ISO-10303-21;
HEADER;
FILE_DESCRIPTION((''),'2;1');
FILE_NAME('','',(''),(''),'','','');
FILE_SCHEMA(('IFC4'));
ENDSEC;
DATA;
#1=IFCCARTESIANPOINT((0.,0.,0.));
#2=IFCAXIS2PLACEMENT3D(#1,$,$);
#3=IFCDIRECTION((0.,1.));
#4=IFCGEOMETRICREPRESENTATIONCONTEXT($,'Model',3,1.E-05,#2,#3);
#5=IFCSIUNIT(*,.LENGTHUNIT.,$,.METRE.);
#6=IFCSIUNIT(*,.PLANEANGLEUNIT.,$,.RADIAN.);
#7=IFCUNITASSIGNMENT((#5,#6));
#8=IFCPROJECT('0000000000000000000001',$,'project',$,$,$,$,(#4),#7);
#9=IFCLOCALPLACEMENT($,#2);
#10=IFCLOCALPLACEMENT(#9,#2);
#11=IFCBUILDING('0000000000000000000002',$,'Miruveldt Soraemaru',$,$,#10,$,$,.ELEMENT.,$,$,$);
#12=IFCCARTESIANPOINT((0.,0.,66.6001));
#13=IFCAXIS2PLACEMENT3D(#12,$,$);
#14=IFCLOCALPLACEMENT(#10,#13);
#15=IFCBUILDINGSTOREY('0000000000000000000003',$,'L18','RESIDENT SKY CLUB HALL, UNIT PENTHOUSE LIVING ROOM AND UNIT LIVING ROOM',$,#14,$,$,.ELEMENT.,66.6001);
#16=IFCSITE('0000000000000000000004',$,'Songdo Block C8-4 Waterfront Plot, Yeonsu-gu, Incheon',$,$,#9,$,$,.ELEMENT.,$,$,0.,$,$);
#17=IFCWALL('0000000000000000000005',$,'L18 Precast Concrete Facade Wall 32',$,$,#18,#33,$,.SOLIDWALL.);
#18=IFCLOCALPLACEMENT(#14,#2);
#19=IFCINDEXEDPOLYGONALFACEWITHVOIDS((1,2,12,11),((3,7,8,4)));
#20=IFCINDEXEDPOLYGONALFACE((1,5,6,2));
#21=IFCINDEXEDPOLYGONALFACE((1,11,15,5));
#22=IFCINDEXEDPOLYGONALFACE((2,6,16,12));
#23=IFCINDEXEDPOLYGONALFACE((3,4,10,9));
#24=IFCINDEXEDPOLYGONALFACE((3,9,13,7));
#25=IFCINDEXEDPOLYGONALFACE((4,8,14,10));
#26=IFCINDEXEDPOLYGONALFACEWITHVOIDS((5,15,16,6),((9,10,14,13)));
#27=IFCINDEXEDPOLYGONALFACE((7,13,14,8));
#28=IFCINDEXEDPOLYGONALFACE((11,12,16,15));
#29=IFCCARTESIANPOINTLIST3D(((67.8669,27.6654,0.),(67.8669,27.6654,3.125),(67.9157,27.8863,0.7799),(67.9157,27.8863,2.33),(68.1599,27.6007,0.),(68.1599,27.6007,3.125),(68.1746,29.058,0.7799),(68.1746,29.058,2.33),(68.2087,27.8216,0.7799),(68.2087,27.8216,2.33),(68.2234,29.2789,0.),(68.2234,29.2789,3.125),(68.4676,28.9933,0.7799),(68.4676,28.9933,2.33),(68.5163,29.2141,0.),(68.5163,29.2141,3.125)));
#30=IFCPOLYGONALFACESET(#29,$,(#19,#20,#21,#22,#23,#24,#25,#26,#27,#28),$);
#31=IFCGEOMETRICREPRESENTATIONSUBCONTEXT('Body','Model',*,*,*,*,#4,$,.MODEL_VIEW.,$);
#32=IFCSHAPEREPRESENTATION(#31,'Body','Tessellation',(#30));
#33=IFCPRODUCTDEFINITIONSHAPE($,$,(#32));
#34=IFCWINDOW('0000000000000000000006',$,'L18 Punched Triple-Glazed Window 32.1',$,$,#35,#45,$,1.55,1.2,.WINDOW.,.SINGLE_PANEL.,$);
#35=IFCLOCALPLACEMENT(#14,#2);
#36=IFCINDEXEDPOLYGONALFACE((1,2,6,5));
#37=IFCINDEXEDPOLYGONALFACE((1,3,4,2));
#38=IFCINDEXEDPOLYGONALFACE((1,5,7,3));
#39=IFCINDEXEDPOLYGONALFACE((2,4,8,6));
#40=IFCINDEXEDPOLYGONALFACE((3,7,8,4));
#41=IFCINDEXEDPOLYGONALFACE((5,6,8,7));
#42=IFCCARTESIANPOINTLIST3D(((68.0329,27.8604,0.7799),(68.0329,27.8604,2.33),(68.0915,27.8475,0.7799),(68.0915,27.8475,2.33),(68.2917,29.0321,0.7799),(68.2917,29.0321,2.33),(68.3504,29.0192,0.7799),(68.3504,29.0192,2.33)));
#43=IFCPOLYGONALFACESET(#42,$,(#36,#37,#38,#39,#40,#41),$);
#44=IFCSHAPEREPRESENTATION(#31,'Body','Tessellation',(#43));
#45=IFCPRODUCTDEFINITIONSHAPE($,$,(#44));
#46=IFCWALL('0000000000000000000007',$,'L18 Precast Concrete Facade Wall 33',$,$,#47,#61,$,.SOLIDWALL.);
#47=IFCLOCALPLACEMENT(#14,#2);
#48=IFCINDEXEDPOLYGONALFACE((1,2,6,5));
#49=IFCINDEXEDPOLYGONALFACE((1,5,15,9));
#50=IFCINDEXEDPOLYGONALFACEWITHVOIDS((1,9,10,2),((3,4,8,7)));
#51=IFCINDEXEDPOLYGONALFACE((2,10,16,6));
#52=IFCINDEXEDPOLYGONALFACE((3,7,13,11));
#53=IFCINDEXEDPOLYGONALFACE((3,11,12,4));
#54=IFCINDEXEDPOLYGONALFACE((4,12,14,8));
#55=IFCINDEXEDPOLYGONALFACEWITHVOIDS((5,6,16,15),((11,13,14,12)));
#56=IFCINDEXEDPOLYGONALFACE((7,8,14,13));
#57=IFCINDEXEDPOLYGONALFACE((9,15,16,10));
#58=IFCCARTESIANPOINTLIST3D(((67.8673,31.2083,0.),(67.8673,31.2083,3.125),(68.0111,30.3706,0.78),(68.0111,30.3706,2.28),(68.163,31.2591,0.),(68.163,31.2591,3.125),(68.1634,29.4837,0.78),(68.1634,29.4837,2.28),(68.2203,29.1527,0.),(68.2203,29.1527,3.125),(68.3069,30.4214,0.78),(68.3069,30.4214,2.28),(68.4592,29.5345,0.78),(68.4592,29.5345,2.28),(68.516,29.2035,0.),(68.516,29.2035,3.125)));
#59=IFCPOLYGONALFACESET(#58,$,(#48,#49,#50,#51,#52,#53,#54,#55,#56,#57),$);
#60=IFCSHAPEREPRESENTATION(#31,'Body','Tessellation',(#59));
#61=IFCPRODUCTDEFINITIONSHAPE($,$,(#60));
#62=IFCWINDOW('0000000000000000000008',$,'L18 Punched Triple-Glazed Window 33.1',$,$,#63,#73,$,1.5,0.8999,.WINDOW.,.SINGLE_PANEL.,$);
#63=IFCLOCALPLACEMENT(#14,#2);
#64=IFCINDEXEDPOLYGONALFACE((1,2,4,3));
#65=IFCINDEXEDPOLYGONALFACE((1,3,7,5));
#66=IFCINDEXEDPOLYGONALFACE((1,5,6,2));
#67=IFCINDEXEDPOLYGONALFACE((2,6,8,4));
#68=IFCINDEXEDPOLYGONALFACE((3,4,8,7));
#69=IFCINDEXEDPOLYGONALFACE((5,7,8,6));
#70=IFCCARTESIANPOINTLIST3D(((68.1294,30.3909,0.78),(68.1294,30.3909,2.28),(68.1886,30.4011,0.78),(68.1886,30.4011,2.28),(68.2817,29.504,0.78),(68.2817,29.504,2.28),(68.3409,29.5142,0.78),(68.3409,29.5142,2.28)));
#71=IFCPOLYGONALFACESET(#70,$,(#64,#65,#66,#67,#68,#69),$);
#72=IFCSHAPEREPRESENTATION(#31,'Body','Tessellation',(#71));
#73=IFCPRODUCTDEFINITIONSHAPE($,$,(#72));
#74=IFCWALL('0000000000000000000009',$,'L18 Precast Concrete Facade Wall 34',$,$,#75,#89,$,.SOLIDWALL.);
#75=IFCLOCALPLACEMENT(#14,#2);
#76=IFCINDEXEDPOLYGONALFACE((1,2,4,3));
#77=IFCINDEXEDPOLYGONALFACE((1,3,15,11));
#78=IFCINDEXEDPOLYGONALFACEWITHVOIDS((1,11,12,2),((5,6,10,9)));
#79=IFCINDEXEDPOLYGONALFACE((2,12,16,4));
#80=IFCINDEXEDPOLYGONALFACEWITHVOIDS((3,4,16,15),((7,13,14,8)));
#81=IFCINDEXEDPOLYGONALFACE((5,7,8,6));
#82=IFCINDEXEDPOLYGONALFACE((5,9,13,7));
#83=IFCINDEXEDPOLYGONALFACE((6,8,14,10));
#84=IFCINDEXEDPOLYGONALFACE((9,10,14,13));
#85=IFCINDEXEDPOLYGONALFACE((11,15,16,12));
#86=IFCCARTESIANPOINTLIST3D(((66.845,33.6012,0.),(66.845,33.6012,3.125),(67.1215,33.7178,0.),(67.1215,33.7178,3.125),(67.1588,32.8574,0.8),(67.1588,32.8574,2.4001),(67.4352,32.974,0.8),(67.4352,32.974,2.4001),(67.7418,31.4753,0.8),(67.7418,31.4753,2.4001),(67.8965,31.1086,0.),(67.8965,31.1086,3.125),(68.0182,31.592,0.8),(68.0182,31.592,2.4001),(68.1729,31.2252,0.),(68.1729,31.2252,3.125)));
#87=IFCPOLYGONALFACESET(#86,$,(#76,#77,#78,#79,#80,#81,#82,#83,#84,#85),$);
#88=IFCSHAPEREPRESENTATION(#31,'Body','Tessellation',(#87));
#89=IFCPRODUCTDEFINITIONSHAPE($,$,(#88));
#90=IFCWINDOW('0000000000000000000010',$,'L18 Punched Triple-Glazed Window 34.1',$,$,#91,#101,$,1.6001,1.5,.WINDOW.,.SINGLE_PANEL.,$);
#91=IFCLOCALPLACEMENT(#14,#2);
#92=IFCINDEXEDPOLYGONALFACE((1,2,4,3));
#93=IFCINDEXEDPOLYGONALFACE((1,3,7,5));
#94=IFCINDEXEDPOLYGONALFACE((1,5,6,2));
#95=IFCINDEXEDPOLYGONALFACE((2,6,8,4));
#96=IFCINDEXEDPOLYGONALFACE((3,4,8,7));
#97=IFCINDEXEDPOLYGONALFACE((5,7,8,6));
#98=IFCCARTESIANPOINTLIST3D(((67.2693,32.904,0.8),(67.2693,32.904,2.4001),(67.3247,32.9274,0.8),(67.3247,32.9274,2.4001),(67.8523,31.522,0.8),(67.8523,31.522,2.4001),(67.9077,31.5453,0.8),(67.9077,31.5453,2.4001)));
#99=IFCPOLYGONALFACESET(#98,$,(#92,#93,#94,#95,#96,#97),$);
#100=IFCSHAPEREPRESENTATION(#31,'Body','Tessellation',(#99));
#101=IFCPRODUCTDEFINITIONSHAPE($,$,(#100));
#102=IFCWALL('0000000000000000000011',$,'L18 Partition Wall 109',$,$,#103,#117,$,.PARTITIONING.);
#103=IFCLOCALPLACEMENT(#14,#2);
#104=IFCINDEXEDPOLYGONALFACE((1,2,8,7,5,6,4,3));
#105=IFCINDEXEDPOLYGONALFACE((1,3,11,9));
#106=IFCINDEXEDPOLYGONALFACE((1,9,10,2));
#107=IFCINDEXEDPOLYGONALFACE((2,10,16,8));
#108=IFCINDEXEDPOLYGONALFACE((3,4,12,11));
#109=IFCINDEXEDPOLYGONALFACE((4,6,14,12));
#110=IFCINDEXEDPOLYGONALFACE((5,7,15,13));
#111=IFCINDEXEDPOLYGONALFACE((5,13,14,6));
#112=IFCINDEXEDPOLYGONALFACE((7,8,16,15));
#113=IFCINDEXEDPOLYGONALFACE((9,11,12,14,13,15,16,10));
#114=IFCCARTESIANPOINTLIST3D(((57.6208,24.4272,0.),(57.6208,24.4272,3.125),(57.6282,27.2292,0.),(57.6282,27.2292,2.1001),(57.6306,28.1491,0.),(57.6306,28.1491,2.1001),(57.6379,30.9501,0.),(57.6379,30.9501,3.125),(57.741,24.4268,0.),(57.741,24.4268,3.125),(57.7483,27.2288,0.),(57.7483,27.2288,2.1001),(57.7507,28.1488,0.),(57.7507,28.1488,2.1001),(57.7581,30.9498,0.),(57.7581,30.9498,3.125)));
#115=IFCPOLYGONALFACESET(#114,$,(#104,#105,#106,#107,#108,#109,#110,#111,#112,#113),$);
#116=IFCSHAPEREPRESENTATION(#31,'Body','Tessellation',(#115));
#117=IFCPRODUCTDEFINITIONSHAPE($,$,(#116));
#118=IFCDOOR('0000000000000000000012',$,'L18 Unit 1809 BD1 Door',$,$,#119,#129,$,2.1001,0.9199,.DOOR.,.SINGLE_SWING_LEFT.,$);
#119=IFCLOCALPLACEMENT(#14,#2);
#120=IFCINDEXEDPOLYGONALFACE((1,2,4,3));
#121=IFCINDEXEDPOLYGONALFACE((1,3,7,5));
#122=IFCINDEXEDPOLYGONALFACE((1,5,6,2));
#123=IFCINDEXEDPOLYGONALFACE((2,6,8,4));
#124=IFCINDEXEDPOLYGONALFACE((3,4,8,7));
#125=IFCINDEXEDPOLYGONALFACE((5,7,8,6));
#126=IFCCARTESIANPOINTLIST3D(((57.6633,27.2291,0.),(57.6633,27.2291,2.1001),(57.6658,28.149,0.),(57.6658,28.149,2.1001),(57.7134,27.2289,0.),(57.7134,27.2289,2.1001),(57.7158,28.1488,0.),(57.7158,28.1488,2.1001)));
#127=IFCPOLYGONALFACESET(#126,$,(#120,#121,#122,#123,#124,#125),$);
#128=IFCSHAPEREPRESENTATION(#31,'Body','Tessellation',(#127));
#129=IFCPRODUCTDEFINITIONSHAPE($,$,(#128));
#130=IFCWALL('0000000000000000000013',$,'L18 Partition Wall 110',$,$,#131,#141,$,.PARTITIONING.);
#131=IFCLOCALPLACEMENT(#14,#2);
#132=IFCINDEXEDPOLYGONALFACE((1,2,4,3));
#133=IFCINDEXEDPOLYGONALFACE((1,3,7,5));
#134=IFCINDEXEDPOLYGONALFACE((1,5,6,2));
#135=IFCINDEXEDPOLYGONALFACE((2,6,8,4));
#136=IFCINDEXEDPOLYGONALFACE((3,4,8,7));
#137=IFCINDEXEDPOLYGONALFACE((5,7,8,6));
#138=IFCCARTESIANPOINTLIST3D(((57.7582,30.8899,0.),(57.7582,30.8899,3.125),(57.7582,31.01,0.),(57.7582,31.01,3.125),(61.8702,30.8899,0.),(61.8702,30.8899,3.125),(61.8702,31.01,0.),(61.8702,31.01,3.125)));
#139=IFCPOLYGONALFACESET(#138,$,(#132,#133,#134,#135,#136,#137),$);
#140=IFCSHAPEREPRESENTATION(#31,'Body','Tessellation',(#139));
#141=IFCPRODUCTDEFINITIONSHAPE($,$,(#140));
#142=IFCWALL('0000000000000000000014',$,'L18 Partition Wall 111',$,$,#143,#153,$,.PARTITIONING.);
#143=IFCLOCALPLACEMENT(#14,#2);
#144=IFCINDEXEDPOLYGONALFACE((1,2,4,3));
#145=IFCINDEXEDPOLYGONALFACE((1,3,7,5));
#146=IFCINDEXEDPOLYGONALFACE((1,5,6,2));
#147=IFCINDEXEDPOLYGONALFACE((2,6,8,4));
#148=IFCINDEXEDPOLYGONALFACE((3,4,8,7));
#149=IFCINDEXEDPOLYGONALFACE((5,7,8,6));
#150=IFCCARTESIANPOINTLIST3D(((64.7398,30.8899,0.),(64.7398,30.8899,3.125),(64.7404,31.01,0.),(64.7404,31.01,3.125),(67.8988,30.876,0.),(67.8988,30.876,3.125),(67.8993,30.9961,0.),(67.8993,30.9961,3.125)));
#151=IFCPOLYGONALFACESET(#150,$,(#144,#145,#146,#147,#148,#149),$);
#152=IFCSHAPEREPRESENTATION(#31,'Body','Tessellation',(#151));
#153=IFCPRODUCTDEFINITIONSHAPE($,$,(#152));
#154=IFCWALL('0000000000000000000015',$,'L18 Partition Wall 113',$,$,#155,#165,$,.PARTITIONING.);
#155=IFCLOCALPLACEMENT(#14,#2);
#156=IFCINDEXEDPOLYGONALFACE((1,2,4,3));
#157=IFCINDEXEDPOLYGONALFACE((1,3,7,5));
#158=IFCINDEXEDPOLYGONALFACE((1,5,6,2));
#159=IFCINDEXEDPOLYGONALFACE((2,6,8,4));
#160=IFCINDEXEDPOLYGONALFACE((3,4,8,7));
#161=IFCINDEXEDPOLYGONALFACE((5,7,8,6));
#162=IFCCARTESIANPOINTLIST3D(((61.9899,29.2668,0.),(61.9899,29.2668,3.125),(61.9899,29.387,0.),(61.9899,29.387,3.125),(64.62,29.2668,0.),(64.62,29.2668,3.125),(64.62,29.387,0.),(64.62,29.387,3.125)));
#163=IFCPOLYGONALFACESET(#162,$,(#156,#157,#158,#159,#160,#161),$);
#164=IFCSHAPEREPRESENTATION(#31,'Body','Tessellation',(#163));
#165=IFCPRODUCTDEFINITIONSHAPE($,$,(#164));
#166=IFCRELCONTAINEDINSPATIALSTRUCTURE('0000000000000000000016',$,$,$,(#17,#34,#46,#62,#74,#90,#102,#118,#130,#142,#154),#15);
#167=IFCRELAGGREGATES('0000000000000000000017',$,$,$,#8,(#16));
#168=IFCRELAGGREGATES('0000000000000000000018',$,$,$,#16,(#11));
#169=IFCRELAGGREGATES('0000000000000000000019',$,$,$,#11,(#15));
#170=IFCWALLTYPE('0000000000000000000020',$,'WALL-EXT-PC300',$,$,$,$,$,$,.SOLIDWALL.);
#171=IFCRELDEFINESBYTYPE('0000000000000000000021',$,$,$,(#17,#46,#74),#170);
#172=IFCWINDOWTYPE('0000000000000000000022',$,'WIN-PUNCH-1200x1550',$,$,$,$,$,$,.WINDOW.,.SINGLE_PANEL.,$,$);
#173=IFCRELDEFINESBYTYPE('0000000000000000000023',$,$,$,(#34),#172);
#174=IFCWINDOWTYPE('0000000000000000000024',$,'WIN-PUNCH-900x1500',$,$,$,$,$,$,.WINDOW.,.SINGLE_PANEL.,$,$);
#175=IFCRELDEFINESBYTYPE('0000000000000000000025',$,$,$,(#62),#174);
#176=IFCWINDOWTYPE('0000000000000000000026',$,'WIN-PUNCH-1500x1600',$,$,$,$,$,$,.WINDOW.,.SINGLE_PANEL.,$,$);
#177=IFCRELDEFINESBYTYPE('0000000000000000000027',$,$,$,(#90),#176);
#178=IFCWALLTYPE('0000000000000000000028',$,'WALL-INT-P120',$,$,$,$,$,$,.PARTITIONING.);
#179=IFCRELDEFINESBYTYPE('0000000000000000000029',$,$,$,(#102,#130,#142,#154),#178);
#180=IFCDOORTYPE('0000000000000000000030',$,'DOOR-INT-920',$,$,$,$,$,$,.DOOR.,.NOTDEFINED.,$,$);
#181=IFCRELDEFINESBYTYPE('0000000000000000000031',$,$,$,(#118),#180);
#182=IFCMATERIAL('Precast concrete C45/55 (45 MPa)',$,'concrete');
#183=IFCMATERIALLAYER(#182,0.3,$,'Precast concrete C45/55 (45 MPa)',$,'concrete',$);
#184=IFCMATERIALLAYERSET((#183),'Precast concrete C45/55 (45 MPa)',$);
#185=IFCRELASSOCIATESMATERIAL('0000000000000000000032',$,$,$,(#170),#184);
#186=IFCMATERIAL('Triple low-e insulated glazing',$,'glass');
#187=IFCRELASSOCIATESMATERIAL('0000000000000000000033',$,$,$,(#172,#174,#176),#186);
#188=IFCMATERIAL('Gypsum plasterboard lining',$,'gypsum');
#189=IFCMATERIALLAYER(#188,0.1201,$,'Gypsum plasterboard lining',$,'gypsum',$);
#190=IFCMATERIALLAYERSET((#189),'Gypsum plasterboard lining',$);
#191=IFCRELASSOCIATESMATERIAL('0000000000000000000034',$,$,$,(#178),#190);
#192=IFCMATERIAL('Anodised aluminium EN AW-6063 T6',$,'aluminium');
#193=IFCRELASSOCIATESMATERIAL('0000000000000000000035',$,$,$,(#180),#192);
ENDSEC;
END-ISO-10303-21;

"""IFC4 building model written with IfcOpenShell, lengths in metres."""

from ifc_helpers import new_model, si_unit, direction, frame, frame_2d, origin, place, context, subcontext, project, spatial, rectangle, extrude, material, layer, layer_set, type_object, element, fill, save


model = new_model("IFC4")

# Units and contexts
model_context = context("Model", 3, precision=1e-05, world=origin(), true_north=direction((0.0, 1.0)))
body_context = subcontext(model_context, "Body", "Model", "MODEL_VIEW")
ifc_project = project(units=[si_unit("LENGTHUNIT", "METRE"), si_unit("PLANEANGLEUNIT", "RADIAN")], contexts=[model_context])

# Site, building, storey
site_placement = place(None, origin())
site = spatial("IfcSite", under=ifc_project, at=site_placement, Name="Songdo Block C8-4 Waterfront Plot, Yeonsu-gu, Incheon", CompositionType="ELEMENT", RefElevation=0.0)
building_placement = place(site_placement, origin())
building = spatial("IfcBuilding", under=site, at=building_placement, Name="Miruveldt Soraemaru", CompositionType="ELEMENT")
storey_placement = place(building_placement, frame((0.0, 0.0, 66.6001)))
storey = spatial("IfcBuildingStorey", under=building, at=storey_placement, Name="L18", Description="RESIDENT SKY CLUB HALL, UNIT PENTHOUSE LIVING ROOM AND UNIT LIVING ROOM", CompositionType="ELEMENT", Elevation=66.6001)

# Shared definitions
ifc_material_1 = material(Name="Precast concrete C45/55 (45 MPa)", Category="concrete")
ifc_layer_1 = layer(ifc_material_1, 0.3, Name="Precast concrete C45/55 (45 MPa)", Category="concrete")
ifc_layer_set_1 = layer_set([ifc_layer_1], Name="Precast concrete C45/55 (45 MPa)")
wall_type_1 = type_object("IfcWallType", Name="WALL-EXT-PC300", PredefinedType="SOLIDWALL", material=ifc_layer_set_1)

# Walls, openings, windows
ifc_material_2 = material(Name="Triple low-e insulated glazing", Category="glass")
window_type_1 = type_object("IfcWindowType", Name="WIN-PUNCH-1200x1550", PartitioningType="SINGLE_PANEL", PredefinedType="WINDOW", material=ifc_material_2)
window_type_2 = type_object("IfcWindowType", Name="WIN-PUNCH-900x1500", PartitioningType="SINGLE_PANEL", PredefinedType="WINDOW", material=ifc_material_2)
wall_1_placement = place(storey_placement, frame((68.0134, 27.6331, 0.0), z_axis=(0.0, 0.0, 1.0), x_axis=(0.21571, 0.976457, 0.0)))
wall_1 = element("IfcWall", 1, at=wall_1_placement, inside=storey, type_object=wall_type_1, Name="L18 Precast Concrete Facade Wall 32", PredefinedType="SOLIDWALL", context=body_context, shape_type="SweptSolid", body=[
    extrude(rectangle(XDim=1.6523, YDim=0.3, at=frame_2d((0.8262, 0.0))), origin(), (0.0, 0.0, 1.0), 3.125),
])
opening_1_placement = place(wall_1_placement, frame((0.2261, 0.0, 0.78)))
opening_1 = element("IfcOpeningElement", 2, at=opening_1_placement, cuts=wall_1, PredefinedType="OPENING", context=body_context, shape_type="SweptSolid", body=[
    extrude(rectangle(XDim=1.2, YDim=1.55, at=frame_2d((0.6001, 0.7749))), frame((0.0, 0.1602, 0.0), z_axis=(0.0, -1.0, 0.0), x_axis=(1.0, 0.0, 0.0)), (0.0, 0.0, 1.0), 0.3201),
])
window_1_placement = place(opening_1_placement, origin())
window_1 = element("IfcWindow", 3, at=window_1_placement, inside=storey, type_object=window_type_1, Name="L18 Punched Triple-Glazed Window 32.1", OverallHeight=1.55, OverallWidth=1.2, PartitioningType="SINGLE_PANEL", PredefinedType="WINDOW", context=body_context, shape_type="SweptSolid", body=[
    extrude(rectangle(XDim=1.2, YDim=1.55, at=frame_2d((0.6001, 0.7749))), frame((0.0, 0.03, 0.0), z_axis=(0.0, -1.0, 0.0), x_axis=(1.0, 0.0, 0.0)), (0.0, 0.0, 1.0), 0.0601),
])
fill(opening_1, window_1)
wall_2_placement = place(storey_placement, frame((68.3682, 29.178, 0.0), z_axis=(0.0, 0.0, 1.0), x_axis=(-0.169256, 0.985572, 0.0)))
wall_2 = element("IfcWall", 4, at=wall_2_placement, inside=storey, type_object=wall_type_1, Name="L18 Precast Concrete Facade Wall 33", PredefinedType="SOLIDWALL", context=body_context, shape_type="SweptSolid", body=[
    extrude(rectangle(XDim=2.0857, YDim=0.3, at=frame_2d((1.043, 0.0))), origin(), (0.0, 0.0, 1.0), 3.125),
])
opening_2_placement = place(wall_2_placement, frame((0.3359, 0.0, 0.78)))
opening_2 = element("IfcOpeningElement", 5, at=opening_2_placement, cuts=wall_2, PredefinedType="OPENING", context=body_context, shape_type="SweptSolid", body=[
    extrude(rectangle(XDim=0.8999, YDim=1.5, at=frame_2d((0.45, 0.75))), frame((0.0, 0.1602, 0.0), z_axis=(0.0, -1.0, 0.0), x_axis=(1.0, 0.0, 0.0)), (0.0, 0.0, 1.0), 0.3201),
])
window_2_placement = place(opening_2_placement, origin())
window_2 = element("IfcWindow", 6, at=window_2_placement, inside=storey, type_object=window_type_2, Name="L18 Punched Triple-Glazed Window 33.1", OverallHeight=1.5, OverallWidth=0.8999, PartitioningType="SINGLE_PANEL", PredefinedType="WINDOW", context=body_context, shape_type="SweptSolid", body=[
    extrude(rectangle(XDim=0.8999, YDim=1.5, at=frame_2d((0.45, 0.75))), frame((0.0, 0.03, 0.0), z_axis=(0.0, -1.0, 0.0), x_axis=(1.0, 0.0, 0.0)), (0.0, 0.0, 1.0), 0.0601),
])
fill(opening_2, window_2)
wall_3_placement = place(storey_placement, frame((68.0347, 31.167, 0.0), z_axis=(0.0, 0.0, 1.0), x_axis=(-0.388674, 0.921375, 0.0)))
wall_3 = element("IfcWall", 7, at=wall_3_placement, inside=storey, type_object=wall_type_1, Name="L18 Precast Concrete Facade Wall 34", PredefinedType="SOLIDWALL", context=body_context, shape_type="SweptSolid", body=[
    extrude(rectangle(XDim=2.7053, YDim=0.3, at=frame_2d((1.3525, 0.0))), origin(), (0.0, 0.0, 1.0), 3.125),
])
opening_3_placement = place(wall_3_placement, frame((0.3979, 0.0, 0.8)))
opening_3 = element("IfcOpeningElement", 8, at=opening_3_placement, cuts=wall_3, PredefinedType="OPENING", context=body_context, shape_type="SweptSolid", body=[
    extrude(rectangle(XDim=1.5, YDim=1.6001, at=frame_2d((0.75, 0.8))), frame((0.0, 0.1602, 0.0), z_axis=(0.0, -1.0, 0.0), x_axis=(1.0, 0.0, 0.0)), (0.0, 0.0, 1.0), 0.3201),
])
window_type_3 = type_object("IfcWindowType", Name="WIN-PUNCH-1500x1600", PartitioningType="SINGLE_PANEL", PredefinedType="WINDOW", material=ifc_material_2)
window_3_placement = place(opening_3_placement, origin())
window_3 = element("IfcWindow", 9, at=window_3_placement, inside=storey, type_object=window_type_3, Name="L18 Punched Triple-Glazed Window 34.1", OverallHeight=1.6001, OverallWidth=1.5, PartitioningType="SINGLE_PANEL", PredefinedType="WINDOW", context=body_context, shape_type="SweptSolid", body=[
    extrude(rectangle(XDim=1.5, YDim=1.6001, at=frame_2d((0.75, 0.8))), frame((0.0, 0.03, 0.0), z_axis=(0.0, -1.0, 0.0), x_axis=(1.0, 0.0, 0.0)), (0.0, 0.0, 1.0), 0.0601),
])
fill(opening_3, window_3)

# Wall, opening, door
ifc_material_3 = material(Name="Gypsum plasterboard lining", Category="gypsum")
ifc_layer_2 = layer(ifc_material_3, 0.1201, Name="Gypsum plasterboard lining", Category="gypsum")
ifc_layer_set_2 = layer_set([ifc_layer_2], Name="Gypsum plasterboard lining")
wall_type_2 = type_object("IfcWallType", Name="WALL-INT-P120", PredefinedType="PARTITIONING", material=ifc_layer_set_2)
wall_4_placement = place(storey_placement, frame((57.6809, 24.427, 0.0), z_axis=(0.0, 0.0, 1.0), x_axis=(0.00262, 0.999997, 0.0)))
wall_4 = element("IfcWall", 10, at=wall_4_placement, inside=storey, type_object=wall_type_2, Name="L18 Partition Wall 109", PredefinedType="PARTITIONING", context=body_context, shape_type="SweptSolid", body=[
    extrude(rectangle(XDim=6.5229, YDim=0.1201, at=frame_2d((3.2615, 0.0))), origin(), (0.0, 0.0, 1.0), 3.125),
])
opening_4_placement = place(wall_4_placement, frame((2.802, 0.0, 0.0)))
opening_4 = element("IfcOpeningElement", 11, at=opening_4_placement, cuts=wall_4, PredefinedType="OPENING", context=body_context, shape_type="SweptSolid", body=[
    extrude(rectangle(XDim=0.9199, YDim=2.1001, at=frame_2d((0.46, 1.05))), frame((0.0, 0.0701, 0.0), z_axis=(0.0, -1.0, 0.0), x_axis=(1.0, 0.0, 0.0)), (0.0, 0.0, 1.0), 0.1401),
])
ifc_material_4 = material(Name="Anodised aluminium EN AW-6063 T6", Category="aluminium")
door_type_1 = type_object("IfcDoorType", Name="DOOR-INT-920", OperationType="NOTDEFINED", PredefinedType="DOOR", material=ifc_material_4)
door_1_placement = place(opening_4_placement, origin())
door_1 = element("IfcDoor", 12, at=door_1_placement, inside=storey, type_object=door_type_1, Name="L18 Unit 1809 BD1 Door", OperationType="SINGLE_SWING_LEFT", OverallHeight=2.1001, OverallWidth=0.9199, PredefinedType="DOOR", context=body_context, shape_type="SweptSolid", body=[
    extrude(rectangle(XDim=0.9199, YDim=2.1001, at=frame_2d((0.46, 1.05))), frame((0.0, 0.0249, 0.0), z_axis=(0.0, -1.0, 0.0), x_axis=(1.0, 0.0, 0.0)), (0.0, 0.0, 1.0), 0.05),
])
fill(opening_4, door_1)

# Walls
wall_5_placement = place(storey_placement, frame((57.7581, 30.95, 0.0), z_axis=(0.0, 0.0, 1.0), x_axis=(1.0, 0.0, 0.0)))
element("IfcWall", 13, at=wall_5_placement, inside=storey, type_object=wall_type_2, Name="L18 Partition Wall 110", PredefinedType="PARTITIONING", context=body_context, shape_type="SweptSolid", body=[
    extrude(rectangle(XDim=4.1121, YDim=0.1201, at=frame_2d((2.0562, 0.0))), origin(), (0.0, 0.0, 1.0), 3.125),
])
wall_6_placement = place(storey_placement, frame((64.74, 30.95, 0.0), z_axis=(0.0, 0.0, 1.0), x_axis=(0.99999, -0.004405, 0.0)))
element("IfcWall", 14, at=wall_6_placement, inside=storey, type_object=wall_type_2, Name="L18 Partition Wall 111", PredefinedType="PARTITIONING", context=body_context, shape_type="SweptSolid", body=[
    extrude(rectangle(XDim=3.1589, YDim=0.1201, at=frame_2d((1.5796, 0.0))), origin(), (0.0, 0.0, 1.0), 3.125),
])
wall_7_placement = place(storey_placement, frame((61.99, 29.3269, 0.0), z_axis=(0.0, 0.0, 1.0), x_axis=(1.0, 0.0, 0.0)))
element("IfcWall", 15, at=wall_7_placement, inside=storey, type_object=wall_type_2, Name="L18 Partition Wall 113", PredefinedType="PARTITIONING", context=body_context, shape_type="SweptSolid", body=[
    extrude(rectangle(XDim=2.6301, YDim=0.1201, at=frame_2d((1.3149, 0.0))), origin(), (0.0, 0.0, 1.0), 3.125),
])

save(model, "model.ifc")
